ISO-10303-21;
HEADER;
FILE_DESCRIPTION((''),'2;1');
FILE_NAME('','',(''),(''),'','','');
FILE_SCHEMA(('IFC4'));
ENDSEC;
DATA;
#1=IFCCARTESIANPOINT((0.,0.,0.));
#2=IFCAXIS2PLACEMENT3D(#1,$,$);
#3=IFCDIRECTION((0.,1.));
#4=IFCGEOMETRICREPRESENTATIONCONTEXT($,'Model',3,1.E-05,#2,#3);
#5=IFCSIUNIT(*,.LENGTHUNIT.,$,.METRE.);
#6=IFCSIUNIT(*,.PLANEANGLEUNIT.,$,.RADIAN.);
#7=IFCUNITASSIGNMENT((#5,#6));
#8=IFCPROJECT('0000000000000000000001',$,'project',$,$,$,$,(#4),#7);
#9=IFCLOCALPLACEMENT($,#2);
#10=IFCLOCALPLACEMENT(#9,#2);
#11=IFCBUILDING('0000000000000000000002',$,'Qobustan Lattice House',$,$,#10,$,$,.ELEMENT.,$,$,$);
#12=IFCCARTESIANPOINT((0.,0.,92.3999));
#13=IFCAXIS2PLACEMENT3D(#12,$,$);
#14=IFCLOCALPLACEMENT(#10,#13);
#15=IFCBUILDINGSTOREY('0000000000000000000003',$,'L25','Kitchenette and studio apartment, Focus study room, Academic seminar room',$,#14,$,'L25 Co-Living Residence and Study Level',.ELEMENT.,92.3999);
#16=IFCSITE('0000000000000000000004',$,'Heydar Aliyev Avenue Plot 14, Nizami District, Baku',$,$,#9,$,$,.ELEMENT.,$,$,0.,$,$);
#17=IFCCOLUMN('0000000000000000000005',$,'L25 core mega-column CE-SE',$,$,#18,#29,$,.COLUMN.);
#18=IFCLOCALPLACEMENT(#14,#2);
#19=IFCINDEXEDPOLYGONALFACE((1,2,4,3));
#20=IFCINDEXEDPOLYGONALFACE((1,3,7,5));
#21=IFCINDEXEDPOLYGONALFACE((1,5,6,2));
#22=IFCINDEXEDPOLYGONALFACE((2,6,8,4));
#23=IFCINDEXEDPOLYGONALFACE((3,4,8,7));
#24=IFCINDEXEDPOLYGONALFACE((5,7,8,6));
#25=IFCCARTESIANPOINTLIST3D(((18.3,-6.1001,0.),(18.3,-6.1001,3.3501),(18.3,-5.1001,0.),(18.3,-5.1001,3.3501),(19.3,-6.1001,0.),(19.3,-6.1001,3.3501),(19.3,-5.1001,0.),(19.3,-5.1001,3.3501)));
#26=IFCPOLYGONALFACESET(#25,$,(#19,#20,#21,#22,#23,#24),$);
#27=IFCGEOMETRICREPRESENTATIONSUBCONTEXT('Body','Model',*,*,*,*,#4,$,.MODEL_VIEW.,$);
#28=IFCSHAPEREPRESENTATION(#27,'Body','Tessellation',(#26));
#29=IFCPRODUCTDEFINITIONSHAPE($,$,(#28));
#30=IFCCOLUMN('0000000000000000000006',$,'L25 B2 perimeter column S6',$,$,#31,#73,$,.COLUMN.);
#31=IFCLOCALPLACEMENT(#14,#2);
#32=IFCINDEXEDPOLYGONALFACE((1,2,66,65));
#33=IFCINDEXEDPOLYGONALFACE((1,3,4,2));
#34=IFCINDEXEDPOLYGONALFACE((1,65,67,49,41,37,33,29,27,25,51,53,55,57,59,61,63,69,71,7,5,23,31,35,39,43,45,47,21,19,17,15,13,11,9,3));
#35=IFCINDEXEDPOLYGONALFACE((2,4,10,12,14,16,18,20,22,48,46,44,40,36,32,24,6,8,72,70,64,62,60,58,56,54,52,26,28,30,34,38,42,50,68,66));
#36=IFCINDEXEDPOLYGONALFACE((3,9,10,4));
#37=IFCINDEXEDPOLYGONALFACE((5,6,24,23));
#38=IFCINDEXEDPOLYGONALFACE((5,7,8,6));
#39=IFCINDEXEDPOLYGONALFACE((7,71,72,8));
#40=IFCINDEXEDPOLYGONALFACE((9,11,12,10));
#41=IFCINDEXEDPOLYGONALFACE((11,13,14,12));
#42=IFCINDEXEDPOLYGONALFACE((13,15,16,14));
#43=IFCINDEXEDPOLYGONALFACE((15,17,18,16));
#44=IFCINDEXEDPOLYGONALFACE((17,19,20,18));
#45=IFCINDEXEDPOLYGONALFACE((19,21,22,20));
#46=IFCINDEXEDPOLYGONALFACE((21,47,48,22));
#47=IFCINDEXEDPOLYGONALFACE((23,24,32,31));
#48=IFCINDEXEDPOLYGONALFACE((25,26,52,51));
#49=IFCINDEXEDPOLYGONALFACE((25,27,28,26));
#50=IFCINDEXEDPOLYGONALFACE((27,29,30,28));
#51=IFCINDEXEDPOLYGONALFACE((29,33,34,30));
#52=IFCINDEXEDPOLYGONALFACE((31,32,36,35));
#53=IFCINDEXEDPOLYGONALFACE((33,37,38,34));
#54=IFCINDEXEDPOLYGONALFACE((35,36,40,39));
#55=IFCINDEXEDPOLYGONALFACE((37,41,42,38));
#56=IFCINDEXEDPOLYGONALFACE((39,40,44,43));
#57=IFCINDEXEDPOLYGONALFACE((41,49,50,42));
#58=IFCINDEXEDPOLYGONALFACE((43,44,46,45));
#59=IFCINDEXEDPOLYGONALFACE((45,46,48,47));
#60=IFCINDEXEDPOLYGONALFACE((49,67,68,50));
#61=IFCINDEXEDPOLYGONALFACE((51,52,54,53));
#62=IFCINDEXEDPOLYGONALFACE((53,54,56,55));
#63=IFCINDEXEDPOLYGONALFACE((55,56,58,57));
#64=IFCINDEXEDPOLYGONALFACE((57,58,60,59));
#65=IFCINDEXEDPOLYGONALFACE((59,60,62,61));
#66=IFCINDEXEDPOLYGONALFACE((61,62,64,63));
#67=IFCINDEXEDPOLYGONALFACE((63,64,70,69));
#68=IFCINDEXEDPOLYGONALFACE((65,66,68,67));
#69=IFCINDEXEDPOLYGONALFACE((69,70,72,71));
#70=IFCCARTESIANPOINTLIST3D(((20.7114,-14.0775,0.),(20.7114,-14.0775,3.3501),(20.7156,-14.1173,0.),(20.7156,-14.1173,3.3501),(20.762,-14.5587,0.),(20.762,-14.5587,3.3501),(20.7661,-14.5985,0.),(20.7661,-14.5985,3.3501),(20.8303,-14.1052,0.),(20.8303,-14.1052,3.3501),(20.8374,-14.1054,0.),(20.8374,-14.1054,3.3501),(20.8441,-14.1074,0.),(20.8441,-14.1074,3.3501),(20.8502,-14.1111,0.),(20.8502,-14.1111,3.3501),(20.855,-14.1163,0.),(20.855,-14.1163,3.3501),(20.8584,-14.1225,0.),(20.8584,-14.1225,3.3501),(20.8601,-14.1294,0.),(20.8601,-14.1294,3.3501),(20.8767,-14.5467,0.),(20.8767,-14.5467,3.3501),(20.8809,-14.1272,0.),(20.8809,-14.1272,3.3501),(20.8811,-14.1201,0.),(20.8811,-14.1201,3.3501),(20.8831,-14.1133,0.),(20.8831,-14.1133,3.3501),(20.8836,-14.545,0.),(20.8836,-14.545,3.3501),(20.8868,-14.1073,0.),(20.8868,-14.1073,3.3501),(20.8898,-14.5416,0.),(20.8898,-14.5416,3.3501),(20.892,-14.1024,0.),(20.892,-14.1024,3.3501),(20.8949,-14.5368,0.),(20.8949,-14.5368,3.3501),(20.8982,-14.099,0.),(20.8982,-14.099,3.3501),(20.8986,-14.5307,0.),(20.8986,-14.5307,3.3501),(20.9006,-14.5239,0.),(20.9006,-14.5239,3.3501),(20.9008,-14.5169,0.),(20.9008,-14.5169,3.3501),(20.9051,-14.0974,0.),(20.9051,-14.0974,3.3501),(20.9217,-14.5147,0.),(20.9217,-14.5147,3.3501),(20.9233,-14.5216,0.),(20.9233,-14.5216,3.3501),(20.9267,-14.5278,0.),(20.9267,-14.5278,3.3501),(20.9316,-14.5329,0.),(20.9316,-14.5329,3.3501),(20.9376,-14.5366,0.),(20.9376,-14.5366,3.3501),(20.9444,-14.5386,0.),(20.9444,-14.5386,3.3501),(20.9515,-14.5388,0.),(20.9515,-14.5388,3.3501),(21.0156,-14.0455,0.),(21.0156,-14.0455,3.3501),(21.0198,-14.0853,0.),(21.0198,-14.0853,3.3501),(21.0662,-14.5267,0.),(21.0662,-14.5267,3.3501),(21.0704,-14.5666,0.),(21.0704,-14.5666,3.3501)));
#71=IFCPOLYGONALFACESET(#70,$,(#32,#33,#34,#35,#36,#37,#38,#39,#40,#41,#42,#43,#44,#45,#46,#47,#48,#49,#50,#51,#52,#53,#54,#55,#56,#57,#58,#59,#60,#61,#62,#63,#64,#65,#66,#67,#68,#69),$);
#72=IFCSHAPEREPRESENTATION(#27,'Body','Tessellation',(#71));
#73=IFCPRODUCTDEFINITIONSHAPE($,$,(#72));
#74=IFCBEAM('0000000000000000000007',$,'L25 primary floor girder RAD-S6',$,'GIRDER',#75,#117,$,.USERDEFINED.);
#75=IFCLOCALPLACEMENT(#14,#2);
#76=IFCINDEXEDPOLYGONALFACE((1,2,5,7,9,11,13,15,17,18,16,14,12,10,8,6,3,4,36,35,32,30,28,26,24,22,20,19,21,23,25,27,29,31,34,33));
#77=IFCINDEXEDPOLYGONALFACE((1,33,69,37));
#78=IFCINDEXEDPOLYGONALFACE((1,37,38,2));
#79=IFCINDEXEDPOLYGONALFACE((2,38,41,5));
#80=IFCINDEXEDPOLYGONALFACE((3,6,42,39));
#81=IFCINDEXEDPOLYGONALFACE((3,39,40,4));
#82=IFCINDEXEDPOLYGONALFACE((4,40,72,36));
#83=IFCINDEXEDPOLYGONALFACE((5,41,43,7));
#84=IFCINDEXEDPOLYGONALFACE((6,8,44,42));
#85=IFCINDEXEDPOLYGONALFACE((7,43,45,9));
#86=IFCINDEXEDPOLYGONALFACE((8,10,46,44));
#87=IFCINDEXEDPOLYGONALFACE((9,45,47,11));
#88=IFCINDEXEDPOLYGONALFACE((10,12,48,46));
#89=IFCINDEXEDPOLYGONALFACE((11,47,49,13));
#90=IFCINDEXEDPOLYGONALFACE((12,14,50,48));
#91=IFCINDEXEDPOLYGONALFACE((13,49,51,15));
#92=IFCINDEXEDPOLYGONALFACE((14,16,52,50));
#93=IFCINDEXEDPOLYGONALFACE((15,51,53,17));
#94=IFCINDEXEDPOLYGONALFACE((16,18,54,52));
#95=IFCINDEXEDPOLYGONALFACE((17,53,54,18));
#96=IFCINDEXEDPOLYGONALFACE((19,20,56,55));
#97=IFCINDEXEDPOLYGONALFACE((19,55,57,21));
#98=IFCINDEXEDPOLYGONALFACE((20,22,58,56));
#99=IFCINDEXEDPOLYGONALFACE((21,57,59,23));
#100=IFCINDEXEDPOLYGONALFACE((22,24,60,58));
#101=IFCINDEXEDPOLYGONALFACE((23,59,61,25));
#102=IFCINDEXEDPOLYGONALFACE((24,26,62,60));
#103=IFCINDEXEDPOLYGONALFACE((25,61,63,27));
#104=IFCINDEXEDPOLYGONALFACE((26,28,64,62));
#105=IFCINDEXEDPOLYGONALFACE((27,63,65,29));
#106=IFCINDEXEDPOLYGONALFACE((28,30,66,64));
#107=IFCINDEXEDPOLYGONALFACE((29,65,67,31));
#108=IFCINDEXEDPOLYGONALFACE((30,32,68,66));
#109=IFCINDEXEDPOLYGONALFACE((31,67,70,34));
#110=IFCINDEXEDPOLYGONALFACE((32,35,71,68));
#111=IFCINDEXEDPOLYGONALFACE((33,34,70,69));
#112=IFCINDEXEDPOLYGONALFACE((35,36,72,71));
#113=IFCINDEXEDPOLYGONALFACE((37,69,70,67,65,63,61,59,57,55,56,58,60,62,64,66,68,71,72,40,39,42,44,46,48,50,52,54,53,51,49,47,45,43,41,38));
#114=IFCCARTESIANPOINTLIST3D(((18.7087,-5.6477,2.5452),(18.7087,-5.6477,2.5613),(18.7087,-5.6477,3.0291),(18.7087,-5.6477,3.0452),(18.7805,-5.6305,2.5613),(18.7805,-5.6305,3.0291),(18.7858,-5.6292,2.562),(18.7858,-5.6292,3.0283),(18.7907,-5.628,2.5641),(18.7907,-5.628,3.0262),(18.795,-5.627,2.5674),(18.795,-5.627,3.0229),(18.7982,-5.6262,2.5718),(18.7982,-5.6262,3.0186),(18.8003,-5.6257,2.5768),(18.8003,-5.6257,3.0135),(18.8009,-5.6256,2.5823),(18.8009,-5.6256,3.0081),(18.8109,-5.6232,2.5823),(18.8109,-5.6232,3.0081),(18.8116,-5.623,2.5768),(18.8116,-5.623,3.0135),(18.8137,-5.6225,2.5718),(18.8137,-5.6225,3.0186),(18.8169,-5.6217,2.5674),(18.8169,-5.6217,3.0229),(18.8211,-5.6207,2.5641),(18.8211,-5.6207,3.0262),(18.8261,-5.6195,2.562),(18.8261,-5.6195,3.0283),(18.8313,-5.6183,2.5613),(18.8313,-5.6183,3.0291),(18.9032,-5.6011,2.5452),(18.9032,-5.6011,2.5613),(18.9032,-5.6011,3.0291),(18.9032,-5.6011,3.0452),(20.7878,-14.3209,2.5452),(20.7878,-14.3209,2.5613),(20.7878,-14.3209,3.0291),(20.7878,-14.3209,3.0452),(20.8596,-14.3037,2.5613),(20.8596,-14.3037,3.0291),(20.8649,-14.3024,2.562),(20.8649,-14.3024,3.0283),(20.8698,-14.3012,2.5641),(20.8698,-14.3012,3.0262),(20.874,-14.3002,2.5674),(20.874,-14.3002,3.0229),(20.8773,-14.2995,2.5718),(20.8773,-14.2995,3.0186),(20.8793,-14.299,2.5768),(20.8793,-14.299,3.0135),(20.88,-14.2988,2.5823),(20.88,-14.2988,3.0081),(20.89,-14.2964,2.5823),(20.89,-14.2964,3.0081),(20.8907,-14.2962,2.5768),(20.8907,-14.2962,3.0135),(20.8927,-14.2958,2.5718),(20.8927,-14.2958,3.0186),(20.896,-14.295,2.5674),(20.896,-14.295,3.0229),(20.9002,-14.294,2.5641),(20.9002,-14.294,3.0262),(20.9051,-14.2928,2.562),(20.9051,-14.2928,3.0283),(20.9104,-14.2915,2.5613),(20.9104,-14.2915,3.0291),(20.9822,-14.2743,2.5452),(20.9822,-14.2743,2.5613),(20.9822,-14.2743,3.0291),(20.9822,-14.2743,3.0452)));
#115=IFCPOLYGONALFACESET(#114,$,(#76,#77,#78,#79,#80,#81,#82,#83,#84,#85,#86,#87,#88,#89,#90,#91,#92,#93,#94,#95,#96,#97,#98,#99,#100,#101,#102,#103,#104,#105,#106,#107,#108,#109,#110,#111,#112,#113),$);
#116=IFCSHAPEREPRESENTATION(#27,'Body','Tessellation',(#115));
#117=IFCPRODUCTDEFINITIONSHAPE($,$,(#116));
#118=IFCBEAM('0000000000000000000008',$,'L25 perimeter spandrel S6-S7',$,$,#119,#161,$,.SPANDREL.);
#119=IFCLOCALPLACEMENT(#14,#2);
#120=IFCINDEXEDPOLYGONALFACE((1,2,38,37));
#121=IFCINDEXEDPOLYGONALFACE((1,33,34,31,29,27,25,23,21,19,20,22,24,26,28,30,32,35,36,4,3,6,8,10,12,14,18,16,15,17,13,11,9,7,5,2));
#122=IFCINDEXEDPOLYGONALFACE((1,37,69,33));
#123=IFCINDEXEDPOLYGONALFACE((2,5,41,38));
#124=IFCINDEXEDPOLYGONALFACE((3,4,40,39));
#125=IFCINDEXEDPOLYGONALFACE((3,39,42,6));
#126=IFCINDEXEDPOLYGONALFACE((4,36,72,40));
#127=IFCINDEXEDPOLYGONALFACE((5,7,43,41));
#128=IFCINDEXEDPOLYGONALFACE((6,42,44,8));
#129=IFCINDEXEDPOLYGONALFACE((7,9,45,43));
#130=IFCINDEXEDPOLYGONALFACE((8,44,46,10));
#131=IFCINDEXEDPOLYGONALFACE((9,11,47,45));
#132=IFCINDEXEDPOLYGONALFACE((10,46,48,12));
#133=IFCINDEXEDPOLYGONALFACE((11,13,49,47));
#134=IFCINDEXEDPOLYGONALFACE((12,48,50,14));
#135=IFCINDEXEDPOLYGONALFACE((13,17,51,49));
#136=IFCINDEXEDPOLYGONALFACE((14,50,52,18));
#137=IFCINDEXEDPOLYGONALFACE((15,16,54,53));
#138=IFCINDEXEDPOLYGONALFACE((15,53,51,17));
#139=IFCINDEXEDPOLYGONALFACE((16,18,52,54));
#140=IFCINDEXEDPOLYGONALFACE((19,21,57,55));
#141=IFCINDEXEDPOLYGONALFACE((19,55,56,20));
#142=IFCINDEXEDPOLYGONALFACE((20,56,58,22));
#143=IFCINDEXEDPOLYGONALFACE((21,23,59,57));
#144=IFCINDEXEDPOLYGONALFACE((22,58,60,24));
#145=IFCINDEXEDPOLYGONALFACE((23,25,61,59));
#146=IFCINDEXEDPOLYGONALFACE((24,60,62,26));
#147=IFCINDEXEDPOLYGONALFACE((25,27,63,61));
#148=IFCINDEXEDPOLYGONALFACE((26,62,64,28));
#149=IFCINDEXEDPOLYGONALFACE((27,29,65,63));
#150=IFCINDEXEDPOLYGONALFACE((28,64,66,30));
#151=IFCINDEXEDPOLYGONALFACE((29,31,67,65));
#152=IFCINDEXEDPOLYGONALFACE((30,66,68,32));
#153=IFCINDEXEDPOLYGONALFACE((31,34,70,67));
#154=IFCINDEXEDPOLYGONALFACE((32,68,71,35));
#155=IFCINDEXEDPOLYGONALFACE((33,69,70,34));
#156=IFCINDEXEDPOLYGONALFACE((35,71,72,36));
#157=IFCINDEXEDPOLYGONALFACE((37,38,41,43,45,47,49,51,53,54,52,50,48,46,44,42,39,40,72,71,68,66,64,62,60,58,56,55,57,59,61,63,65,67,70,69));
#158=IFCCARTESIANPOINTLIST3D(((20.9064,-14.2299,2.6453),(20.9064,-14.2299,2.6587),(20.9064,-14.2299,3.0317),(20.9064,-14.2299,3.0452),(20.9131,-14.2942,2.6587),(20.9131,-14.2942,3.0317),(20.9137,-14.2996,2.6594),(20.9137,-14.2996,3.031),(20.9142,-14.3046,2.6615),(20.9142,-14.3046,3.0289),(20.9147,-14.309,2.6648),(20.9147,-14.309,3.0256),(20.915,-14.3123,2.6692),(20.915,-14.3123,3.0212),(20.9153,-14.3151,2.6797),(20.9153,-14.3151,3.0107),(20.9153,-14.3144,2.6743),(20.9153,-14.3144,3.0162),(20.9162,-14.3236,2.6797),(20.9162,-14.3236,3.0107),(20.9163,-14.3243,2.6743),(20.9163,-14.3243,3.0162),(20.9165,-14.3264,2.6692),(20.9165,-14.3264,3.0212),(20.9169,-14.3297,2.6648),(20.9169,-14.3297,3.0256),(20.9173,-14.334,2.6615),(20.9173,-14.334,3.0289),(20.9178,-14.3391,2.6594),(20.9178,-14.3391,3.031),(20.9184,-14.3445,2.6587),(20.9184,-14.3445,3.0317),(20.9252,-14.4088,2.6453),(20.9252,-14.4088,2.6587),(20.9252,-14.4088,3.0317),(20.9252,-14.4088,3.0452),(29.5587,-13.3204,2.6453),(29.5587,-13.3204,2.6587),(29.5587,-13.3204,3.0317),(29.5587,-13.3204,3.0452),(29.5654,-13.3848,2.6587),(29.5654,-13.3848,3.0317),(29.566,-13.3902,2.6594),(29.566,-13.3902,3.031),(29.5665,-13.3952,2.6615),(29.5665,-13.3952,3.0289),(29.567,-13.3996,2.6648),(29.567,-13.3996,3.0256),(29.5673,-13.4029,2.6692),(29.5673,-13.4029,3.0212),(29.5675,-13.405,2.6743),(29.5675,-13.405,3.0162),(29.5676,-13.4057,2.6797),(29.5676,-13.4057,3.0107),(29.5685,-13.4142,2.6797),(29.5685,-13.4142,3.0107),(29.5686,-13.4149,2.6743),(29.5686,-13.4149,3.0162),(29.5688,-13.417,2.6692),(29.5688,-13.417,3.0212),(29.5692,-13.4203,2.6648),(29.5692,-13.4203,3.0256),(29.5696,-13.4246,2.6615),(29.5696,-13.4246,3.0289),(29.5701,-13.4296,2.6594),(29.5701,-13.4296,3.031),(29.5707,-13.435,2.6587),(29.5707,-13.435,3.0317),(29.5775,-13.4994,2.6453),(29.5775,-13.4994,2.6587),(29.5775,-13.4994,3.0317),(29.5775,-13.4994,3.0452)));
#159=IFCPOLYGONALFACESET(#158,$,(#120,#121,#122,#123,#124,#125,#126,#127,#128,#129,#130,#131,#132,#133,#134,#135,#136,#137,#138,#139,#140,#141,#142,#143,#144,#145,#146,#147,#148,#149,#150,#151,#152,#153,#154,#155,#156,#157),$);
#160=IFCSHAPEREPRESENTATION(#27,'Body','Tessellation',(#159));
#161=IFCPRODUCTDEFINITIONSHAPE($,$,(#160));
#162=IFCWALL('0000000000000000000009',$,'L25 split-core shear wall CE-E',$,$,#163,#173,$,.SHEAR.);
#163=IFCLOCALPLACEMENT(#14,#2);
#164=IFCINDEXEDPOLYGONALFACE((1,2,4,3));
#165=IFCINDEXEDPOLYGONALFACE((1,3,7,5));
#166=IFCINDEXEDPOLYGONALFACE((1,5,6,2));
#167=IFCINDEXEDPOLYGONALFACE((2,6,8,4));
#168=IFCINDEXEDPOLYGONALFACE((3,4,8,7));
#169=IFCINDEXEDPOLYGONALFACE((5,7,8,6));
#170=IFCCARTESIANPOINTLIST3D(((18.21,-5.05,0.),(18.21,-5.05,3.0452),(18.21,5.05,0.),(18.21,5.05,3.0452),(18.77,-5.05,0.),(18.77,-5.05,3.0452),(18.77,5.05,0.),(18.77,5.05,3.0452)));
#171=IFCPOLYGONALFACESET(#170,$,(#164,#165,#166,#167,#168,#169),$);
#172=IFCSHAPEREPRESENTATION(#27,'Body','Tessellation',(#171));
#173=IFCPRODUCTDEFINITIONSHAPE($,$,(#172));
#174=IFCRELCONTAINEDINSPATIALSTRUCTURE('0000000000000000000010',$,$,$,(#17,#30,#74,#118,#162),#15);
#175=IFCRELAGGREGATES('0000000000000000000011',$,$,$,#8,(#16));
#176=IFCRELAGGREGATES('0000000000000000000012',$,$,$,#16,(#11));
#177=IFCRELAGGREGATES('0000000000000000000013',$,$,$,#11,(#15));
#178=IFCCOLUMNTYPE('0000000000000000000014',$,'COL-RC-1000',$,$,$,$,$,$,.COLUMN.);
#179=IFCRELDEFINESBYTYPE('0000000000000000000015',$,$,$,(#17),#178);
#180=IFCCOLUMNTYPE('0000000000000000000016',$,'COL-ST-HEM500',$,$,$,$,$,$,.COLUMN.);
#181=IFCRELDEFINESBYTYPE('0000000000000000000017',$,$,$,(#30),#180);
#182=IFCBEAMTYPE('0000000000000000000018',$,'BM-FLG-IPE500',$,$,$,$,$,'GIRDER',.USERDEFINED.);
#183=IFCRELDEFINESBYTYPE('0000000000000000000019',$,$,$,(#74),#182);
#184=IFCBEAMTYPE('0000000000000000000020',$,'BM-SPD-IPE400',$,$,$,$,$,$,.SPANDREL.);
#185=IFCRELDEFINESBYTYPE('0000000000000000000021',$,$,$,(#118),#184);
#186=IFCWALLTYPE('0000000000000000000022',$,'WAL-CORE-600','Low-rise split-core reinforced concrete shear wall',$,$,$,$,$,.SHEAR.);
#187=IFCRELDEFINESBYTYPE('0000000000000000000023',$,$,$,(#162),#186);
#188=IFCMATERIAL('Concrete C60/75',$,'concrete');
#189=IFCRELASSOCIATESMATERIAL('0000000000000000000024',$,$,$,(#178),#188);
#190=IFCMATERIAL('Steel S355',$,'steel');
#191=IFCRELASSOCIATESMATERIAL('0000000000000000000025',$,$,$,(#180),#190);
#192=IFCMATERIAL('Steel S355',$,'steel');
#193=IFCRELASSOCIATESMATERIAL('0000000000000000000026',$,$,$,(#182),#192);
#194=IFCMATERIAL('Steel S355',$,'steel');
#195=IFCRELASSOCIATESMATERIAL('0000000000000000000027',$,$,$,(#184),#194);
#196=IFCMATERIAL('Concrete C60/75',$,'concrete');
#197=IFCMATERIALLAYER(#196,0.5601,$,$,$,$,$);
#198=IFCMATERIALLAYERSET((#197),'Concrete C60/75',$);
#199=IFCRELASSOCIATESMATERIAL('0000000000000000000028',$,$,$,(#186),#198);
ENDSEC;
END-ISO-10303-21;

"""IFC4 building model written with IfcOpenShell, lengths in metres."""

from ifc_helpers import new_model, si_unit, direction, frame, frame_2d, origin, origin_2d, place, context, subcontext, project, spatial, rectangle, i_section, extrude, material, layer, layer_set, material_profile, profile_set, type_object, element, save


model = new_model("IFC4")

# Units and contexts
model_context = context("Model", 3, precision=1e-05, world=origin(), true_north=direction((0.0, 1.0)))
body_context = subcontext(model_context, "Body", "Model", "MODEL_VIEW")
ifc_project = project(units=[si_unit("LENGTHUNIT", "METRE"), si_unit("PLANEANGLEUNIT", "RADIAN")], contexts=[model_context])

# Site, building, storey
site_placement = place(None, origin())
site = spatial("IfcSite", under=ifc_project, at=site_placement, Name="Heydar Aliyev Avenue Plot 14, Nizami District, Baku", CompositionType="ELEMENT", RefElevation=0.0)
building_placement = place(site_placement, origin())
building = spatial("IfcBuilding", under=site, at=building_placement, Name="Qobustan Lattice House", CompositionType="ELEMENT")
storey_placement = place(building_placement, frame((0.0, 0.0, 92.3999)))
storey = spatial("IfcBuildingStorey", under=building, at=storey_placement, Name="L25", Description="Kitchenette and studio apartment, Focus study room, Academic seminar room", LongName="L25 Co-Living Residence and Study Level", CompositionType="ELEMENT", Elevation=92.3999)

# Columns
ifc_material_1 = material(Name="Concrete C60/75", Category="concrete")
ifc_material_profile_1 = material_profile(ifc_material_1, rectangle(XDim=1.0, YDim=1.0, at=origin_2d()), Name="RC1000x1000")
ifc_profile_set_1 = profile_set([ifc_material_profile_1], Name="Concrete C60/75")
column_type_1 = type_object("IfcColumnType", Name="COL-RC-1000", PredefinedType="COLUMN", material=ifc_profile_set_1)
column_1_placement = place(storey_placement, frame((18.8, -5.6001, 0.0), z_axis=(0.0, 0.0, 1.0), x_axis=(1.0, 0.0, 0.0)))
element("IfcColumn", 1, at=column_1_placement, inside=storey, type_object=column_type_1, Name="L25 core mega-column CE-SE", PredefinedType="COLUMN", context=body_context, shape_type="SweptSolid", body=[
    extrude(rectangle(XDim=1.0, YDim=1.0, at=origin_2d()), origin(), (0.0, 0.0, 1.0), 3.3501),
])
ifc_material_2 = material(Name="Steel S355", Category="steel")
ifc_material_profile_2 = material_profile(ifc_material_2, i_section(OverallWidth=0.3059, OverallDepth=0.5239, WebThickness=0.021, FlangeThickness=0.04, FilletRadius=0.0271, at=origin_2d()), Name="HEM500")
ifc_profile_set_2 = profile_set([ifc_material_profile_2], Name="Steel S355")
column_type_2 = type_object("IfcColumnType", Name="COL-ST-HEM500", PredefinedType="COLUMN", material=ifc_profile_set_2)
column_2_placement = place(storey_placement, frame((20.8909, -14.322, 0.0), z_axis=(0.0, 0.0, 1.0), x_axis=(0.994522, 0.104528, 0.0)))
element("IfcColumn", 2, at=column_2_placement, inside=storey, type_object=column_type_2, Name="L25 B2 perimeter column S6", PredefinedType="COLUMN", context=body_context, shape_type="SweptSolid", body=[
    extrude(i_section(OverallWidth=0.3059, OverallDepth=0.5239, WebThickness=0.021, FlangeThickness=0.04, FilletRadius=0.0271, at=origin_2d()), origin(), (0.0, 0.0, 1.0), 3.3501),
])

# Beams
ifc_material_3 = material(Name="Steel S355", Category="steel")
ifc_material_profile_3 = material_profile(ifc_material_3, i_section(OverallWidth=0.2, OverallDepth=0.5, WebThickness=0.0103, FlangeThickness=0.0161, FilletRadius=0.021, at=origin_2d()), Name="IPE500")
ifc_profile_set_3 = profile_set([ifc_material_profile_3], Name="Steel S355")
beam_type_1 = type_object("IfcBeamType", Name="BM-FLG-IPE500", ElementType="GIRDER", PredefinedType="USERDEFINED", material=ifc_profile_set_3)
beam_1_placement = place(storey_placement, frame((20.885, -14.2976, 2.7952), z_axis=(-0.233108, 0.972451, 0.0), x_axis=(-0.972451, -0.233108, 0.0)))
element("IfcBeam", 3, at=beam_1_placement, inside=storey, type_object=beam_type_1, Name="L25 primary floor girder RAD-S6", ObjectType="GIRDER", PredefinedType="USERDEFINED", context=body_context, shape_type="SweptSolid", body=[
    extrude(i_section(OverallWidth=0.2, OverallDepth=0.5, WebThickness=0.0103, FlangeThickness=0.0161, FilletRadius=0.021, at=origin_2d()), origin(), (0.0, 0.0, 1.0), 8.9189),
])
ifc_material_4 = material(Name="Steel S355", Category="steel")
ifc_material_profile_4 = material_profile(ifc_material_4, i_section(OverallWidth=0.1799, OverallDepth=0.3999, WebThickness=0.0085, FlangeThickness=0.0134, FilletRadius=0.021, at=origin_2d()), Name="IPE400")
ifc_profile_set_4 = profile_set([ifc_material_profile_4], Name="Steel S355")
beam_type_2 = type_object("IfcBeamType", Name="BM-SPD-IPE400", PredefinedType="SPANDREL", material=ifc_profile_set_4)
beam_2_placement = place(storey_placement, frame((20.9158, -14.3193, 2.8452), z_axis=(0.994522, 0.104531, 0.0), x_axis=(-0.104531, 0.994522, 0.0)))
element("IfcBeam", 4, at=beam_2_placement, inside=storey, type_object=beam_type_2, Name="L25 perimeter spandrel S6-S7", PredefinedType="SPANDREL", context=body_context, shape_type="SweptSolid", body=[
    extrude(i_section(OverallWidth=0.1799, OverallDepth=0.3999, WebThickness=0.0085, FlangeThickness=0.0134, FilletRadius=0.021, at=origin_2d()), origin(), (0.0, 0.0, 1.0), 8.7),
])

# Wall
ifc_material_5 = material(Name="Concrete C60/75", Category="concrete")
ifc_layer_1 = layer(ifc_material_5, 0.5601)
ifc_layer_set_1 = layer_set([ifc_layer_1], Name="Concrete C60/75")
wall_type_1 = type_object("IfcWallType", Name="WAL-CORE-600", Description="Low-rise split-core reinforced concrete shear wall", PredefinedType="SHEAR", material=ifc_layer_set_1)
wall_1_placement = place(storey_placement, frame((18.49, -5.05, 0.0), z_axis=(0.0, 0.0, 1.0), x_axis=(0.0, 1.0, 0.0)))
element("IfcWall", 5, at=wall_1_placement, inside=storey, type_object=wall_type_1, Name="L25 split-core shear wall CE-E", PredefinedType="SHEAR", context=body_context, shape_type="SweptSolid", body=[
    extrude(rectangle(XDim=10.1001, YDim=0.5601, at=frame_2d((5.05, 0.0))), origin(), (0.0, 0.0, 1.0), 3.0452),
])

save(model, "model.ifc")
